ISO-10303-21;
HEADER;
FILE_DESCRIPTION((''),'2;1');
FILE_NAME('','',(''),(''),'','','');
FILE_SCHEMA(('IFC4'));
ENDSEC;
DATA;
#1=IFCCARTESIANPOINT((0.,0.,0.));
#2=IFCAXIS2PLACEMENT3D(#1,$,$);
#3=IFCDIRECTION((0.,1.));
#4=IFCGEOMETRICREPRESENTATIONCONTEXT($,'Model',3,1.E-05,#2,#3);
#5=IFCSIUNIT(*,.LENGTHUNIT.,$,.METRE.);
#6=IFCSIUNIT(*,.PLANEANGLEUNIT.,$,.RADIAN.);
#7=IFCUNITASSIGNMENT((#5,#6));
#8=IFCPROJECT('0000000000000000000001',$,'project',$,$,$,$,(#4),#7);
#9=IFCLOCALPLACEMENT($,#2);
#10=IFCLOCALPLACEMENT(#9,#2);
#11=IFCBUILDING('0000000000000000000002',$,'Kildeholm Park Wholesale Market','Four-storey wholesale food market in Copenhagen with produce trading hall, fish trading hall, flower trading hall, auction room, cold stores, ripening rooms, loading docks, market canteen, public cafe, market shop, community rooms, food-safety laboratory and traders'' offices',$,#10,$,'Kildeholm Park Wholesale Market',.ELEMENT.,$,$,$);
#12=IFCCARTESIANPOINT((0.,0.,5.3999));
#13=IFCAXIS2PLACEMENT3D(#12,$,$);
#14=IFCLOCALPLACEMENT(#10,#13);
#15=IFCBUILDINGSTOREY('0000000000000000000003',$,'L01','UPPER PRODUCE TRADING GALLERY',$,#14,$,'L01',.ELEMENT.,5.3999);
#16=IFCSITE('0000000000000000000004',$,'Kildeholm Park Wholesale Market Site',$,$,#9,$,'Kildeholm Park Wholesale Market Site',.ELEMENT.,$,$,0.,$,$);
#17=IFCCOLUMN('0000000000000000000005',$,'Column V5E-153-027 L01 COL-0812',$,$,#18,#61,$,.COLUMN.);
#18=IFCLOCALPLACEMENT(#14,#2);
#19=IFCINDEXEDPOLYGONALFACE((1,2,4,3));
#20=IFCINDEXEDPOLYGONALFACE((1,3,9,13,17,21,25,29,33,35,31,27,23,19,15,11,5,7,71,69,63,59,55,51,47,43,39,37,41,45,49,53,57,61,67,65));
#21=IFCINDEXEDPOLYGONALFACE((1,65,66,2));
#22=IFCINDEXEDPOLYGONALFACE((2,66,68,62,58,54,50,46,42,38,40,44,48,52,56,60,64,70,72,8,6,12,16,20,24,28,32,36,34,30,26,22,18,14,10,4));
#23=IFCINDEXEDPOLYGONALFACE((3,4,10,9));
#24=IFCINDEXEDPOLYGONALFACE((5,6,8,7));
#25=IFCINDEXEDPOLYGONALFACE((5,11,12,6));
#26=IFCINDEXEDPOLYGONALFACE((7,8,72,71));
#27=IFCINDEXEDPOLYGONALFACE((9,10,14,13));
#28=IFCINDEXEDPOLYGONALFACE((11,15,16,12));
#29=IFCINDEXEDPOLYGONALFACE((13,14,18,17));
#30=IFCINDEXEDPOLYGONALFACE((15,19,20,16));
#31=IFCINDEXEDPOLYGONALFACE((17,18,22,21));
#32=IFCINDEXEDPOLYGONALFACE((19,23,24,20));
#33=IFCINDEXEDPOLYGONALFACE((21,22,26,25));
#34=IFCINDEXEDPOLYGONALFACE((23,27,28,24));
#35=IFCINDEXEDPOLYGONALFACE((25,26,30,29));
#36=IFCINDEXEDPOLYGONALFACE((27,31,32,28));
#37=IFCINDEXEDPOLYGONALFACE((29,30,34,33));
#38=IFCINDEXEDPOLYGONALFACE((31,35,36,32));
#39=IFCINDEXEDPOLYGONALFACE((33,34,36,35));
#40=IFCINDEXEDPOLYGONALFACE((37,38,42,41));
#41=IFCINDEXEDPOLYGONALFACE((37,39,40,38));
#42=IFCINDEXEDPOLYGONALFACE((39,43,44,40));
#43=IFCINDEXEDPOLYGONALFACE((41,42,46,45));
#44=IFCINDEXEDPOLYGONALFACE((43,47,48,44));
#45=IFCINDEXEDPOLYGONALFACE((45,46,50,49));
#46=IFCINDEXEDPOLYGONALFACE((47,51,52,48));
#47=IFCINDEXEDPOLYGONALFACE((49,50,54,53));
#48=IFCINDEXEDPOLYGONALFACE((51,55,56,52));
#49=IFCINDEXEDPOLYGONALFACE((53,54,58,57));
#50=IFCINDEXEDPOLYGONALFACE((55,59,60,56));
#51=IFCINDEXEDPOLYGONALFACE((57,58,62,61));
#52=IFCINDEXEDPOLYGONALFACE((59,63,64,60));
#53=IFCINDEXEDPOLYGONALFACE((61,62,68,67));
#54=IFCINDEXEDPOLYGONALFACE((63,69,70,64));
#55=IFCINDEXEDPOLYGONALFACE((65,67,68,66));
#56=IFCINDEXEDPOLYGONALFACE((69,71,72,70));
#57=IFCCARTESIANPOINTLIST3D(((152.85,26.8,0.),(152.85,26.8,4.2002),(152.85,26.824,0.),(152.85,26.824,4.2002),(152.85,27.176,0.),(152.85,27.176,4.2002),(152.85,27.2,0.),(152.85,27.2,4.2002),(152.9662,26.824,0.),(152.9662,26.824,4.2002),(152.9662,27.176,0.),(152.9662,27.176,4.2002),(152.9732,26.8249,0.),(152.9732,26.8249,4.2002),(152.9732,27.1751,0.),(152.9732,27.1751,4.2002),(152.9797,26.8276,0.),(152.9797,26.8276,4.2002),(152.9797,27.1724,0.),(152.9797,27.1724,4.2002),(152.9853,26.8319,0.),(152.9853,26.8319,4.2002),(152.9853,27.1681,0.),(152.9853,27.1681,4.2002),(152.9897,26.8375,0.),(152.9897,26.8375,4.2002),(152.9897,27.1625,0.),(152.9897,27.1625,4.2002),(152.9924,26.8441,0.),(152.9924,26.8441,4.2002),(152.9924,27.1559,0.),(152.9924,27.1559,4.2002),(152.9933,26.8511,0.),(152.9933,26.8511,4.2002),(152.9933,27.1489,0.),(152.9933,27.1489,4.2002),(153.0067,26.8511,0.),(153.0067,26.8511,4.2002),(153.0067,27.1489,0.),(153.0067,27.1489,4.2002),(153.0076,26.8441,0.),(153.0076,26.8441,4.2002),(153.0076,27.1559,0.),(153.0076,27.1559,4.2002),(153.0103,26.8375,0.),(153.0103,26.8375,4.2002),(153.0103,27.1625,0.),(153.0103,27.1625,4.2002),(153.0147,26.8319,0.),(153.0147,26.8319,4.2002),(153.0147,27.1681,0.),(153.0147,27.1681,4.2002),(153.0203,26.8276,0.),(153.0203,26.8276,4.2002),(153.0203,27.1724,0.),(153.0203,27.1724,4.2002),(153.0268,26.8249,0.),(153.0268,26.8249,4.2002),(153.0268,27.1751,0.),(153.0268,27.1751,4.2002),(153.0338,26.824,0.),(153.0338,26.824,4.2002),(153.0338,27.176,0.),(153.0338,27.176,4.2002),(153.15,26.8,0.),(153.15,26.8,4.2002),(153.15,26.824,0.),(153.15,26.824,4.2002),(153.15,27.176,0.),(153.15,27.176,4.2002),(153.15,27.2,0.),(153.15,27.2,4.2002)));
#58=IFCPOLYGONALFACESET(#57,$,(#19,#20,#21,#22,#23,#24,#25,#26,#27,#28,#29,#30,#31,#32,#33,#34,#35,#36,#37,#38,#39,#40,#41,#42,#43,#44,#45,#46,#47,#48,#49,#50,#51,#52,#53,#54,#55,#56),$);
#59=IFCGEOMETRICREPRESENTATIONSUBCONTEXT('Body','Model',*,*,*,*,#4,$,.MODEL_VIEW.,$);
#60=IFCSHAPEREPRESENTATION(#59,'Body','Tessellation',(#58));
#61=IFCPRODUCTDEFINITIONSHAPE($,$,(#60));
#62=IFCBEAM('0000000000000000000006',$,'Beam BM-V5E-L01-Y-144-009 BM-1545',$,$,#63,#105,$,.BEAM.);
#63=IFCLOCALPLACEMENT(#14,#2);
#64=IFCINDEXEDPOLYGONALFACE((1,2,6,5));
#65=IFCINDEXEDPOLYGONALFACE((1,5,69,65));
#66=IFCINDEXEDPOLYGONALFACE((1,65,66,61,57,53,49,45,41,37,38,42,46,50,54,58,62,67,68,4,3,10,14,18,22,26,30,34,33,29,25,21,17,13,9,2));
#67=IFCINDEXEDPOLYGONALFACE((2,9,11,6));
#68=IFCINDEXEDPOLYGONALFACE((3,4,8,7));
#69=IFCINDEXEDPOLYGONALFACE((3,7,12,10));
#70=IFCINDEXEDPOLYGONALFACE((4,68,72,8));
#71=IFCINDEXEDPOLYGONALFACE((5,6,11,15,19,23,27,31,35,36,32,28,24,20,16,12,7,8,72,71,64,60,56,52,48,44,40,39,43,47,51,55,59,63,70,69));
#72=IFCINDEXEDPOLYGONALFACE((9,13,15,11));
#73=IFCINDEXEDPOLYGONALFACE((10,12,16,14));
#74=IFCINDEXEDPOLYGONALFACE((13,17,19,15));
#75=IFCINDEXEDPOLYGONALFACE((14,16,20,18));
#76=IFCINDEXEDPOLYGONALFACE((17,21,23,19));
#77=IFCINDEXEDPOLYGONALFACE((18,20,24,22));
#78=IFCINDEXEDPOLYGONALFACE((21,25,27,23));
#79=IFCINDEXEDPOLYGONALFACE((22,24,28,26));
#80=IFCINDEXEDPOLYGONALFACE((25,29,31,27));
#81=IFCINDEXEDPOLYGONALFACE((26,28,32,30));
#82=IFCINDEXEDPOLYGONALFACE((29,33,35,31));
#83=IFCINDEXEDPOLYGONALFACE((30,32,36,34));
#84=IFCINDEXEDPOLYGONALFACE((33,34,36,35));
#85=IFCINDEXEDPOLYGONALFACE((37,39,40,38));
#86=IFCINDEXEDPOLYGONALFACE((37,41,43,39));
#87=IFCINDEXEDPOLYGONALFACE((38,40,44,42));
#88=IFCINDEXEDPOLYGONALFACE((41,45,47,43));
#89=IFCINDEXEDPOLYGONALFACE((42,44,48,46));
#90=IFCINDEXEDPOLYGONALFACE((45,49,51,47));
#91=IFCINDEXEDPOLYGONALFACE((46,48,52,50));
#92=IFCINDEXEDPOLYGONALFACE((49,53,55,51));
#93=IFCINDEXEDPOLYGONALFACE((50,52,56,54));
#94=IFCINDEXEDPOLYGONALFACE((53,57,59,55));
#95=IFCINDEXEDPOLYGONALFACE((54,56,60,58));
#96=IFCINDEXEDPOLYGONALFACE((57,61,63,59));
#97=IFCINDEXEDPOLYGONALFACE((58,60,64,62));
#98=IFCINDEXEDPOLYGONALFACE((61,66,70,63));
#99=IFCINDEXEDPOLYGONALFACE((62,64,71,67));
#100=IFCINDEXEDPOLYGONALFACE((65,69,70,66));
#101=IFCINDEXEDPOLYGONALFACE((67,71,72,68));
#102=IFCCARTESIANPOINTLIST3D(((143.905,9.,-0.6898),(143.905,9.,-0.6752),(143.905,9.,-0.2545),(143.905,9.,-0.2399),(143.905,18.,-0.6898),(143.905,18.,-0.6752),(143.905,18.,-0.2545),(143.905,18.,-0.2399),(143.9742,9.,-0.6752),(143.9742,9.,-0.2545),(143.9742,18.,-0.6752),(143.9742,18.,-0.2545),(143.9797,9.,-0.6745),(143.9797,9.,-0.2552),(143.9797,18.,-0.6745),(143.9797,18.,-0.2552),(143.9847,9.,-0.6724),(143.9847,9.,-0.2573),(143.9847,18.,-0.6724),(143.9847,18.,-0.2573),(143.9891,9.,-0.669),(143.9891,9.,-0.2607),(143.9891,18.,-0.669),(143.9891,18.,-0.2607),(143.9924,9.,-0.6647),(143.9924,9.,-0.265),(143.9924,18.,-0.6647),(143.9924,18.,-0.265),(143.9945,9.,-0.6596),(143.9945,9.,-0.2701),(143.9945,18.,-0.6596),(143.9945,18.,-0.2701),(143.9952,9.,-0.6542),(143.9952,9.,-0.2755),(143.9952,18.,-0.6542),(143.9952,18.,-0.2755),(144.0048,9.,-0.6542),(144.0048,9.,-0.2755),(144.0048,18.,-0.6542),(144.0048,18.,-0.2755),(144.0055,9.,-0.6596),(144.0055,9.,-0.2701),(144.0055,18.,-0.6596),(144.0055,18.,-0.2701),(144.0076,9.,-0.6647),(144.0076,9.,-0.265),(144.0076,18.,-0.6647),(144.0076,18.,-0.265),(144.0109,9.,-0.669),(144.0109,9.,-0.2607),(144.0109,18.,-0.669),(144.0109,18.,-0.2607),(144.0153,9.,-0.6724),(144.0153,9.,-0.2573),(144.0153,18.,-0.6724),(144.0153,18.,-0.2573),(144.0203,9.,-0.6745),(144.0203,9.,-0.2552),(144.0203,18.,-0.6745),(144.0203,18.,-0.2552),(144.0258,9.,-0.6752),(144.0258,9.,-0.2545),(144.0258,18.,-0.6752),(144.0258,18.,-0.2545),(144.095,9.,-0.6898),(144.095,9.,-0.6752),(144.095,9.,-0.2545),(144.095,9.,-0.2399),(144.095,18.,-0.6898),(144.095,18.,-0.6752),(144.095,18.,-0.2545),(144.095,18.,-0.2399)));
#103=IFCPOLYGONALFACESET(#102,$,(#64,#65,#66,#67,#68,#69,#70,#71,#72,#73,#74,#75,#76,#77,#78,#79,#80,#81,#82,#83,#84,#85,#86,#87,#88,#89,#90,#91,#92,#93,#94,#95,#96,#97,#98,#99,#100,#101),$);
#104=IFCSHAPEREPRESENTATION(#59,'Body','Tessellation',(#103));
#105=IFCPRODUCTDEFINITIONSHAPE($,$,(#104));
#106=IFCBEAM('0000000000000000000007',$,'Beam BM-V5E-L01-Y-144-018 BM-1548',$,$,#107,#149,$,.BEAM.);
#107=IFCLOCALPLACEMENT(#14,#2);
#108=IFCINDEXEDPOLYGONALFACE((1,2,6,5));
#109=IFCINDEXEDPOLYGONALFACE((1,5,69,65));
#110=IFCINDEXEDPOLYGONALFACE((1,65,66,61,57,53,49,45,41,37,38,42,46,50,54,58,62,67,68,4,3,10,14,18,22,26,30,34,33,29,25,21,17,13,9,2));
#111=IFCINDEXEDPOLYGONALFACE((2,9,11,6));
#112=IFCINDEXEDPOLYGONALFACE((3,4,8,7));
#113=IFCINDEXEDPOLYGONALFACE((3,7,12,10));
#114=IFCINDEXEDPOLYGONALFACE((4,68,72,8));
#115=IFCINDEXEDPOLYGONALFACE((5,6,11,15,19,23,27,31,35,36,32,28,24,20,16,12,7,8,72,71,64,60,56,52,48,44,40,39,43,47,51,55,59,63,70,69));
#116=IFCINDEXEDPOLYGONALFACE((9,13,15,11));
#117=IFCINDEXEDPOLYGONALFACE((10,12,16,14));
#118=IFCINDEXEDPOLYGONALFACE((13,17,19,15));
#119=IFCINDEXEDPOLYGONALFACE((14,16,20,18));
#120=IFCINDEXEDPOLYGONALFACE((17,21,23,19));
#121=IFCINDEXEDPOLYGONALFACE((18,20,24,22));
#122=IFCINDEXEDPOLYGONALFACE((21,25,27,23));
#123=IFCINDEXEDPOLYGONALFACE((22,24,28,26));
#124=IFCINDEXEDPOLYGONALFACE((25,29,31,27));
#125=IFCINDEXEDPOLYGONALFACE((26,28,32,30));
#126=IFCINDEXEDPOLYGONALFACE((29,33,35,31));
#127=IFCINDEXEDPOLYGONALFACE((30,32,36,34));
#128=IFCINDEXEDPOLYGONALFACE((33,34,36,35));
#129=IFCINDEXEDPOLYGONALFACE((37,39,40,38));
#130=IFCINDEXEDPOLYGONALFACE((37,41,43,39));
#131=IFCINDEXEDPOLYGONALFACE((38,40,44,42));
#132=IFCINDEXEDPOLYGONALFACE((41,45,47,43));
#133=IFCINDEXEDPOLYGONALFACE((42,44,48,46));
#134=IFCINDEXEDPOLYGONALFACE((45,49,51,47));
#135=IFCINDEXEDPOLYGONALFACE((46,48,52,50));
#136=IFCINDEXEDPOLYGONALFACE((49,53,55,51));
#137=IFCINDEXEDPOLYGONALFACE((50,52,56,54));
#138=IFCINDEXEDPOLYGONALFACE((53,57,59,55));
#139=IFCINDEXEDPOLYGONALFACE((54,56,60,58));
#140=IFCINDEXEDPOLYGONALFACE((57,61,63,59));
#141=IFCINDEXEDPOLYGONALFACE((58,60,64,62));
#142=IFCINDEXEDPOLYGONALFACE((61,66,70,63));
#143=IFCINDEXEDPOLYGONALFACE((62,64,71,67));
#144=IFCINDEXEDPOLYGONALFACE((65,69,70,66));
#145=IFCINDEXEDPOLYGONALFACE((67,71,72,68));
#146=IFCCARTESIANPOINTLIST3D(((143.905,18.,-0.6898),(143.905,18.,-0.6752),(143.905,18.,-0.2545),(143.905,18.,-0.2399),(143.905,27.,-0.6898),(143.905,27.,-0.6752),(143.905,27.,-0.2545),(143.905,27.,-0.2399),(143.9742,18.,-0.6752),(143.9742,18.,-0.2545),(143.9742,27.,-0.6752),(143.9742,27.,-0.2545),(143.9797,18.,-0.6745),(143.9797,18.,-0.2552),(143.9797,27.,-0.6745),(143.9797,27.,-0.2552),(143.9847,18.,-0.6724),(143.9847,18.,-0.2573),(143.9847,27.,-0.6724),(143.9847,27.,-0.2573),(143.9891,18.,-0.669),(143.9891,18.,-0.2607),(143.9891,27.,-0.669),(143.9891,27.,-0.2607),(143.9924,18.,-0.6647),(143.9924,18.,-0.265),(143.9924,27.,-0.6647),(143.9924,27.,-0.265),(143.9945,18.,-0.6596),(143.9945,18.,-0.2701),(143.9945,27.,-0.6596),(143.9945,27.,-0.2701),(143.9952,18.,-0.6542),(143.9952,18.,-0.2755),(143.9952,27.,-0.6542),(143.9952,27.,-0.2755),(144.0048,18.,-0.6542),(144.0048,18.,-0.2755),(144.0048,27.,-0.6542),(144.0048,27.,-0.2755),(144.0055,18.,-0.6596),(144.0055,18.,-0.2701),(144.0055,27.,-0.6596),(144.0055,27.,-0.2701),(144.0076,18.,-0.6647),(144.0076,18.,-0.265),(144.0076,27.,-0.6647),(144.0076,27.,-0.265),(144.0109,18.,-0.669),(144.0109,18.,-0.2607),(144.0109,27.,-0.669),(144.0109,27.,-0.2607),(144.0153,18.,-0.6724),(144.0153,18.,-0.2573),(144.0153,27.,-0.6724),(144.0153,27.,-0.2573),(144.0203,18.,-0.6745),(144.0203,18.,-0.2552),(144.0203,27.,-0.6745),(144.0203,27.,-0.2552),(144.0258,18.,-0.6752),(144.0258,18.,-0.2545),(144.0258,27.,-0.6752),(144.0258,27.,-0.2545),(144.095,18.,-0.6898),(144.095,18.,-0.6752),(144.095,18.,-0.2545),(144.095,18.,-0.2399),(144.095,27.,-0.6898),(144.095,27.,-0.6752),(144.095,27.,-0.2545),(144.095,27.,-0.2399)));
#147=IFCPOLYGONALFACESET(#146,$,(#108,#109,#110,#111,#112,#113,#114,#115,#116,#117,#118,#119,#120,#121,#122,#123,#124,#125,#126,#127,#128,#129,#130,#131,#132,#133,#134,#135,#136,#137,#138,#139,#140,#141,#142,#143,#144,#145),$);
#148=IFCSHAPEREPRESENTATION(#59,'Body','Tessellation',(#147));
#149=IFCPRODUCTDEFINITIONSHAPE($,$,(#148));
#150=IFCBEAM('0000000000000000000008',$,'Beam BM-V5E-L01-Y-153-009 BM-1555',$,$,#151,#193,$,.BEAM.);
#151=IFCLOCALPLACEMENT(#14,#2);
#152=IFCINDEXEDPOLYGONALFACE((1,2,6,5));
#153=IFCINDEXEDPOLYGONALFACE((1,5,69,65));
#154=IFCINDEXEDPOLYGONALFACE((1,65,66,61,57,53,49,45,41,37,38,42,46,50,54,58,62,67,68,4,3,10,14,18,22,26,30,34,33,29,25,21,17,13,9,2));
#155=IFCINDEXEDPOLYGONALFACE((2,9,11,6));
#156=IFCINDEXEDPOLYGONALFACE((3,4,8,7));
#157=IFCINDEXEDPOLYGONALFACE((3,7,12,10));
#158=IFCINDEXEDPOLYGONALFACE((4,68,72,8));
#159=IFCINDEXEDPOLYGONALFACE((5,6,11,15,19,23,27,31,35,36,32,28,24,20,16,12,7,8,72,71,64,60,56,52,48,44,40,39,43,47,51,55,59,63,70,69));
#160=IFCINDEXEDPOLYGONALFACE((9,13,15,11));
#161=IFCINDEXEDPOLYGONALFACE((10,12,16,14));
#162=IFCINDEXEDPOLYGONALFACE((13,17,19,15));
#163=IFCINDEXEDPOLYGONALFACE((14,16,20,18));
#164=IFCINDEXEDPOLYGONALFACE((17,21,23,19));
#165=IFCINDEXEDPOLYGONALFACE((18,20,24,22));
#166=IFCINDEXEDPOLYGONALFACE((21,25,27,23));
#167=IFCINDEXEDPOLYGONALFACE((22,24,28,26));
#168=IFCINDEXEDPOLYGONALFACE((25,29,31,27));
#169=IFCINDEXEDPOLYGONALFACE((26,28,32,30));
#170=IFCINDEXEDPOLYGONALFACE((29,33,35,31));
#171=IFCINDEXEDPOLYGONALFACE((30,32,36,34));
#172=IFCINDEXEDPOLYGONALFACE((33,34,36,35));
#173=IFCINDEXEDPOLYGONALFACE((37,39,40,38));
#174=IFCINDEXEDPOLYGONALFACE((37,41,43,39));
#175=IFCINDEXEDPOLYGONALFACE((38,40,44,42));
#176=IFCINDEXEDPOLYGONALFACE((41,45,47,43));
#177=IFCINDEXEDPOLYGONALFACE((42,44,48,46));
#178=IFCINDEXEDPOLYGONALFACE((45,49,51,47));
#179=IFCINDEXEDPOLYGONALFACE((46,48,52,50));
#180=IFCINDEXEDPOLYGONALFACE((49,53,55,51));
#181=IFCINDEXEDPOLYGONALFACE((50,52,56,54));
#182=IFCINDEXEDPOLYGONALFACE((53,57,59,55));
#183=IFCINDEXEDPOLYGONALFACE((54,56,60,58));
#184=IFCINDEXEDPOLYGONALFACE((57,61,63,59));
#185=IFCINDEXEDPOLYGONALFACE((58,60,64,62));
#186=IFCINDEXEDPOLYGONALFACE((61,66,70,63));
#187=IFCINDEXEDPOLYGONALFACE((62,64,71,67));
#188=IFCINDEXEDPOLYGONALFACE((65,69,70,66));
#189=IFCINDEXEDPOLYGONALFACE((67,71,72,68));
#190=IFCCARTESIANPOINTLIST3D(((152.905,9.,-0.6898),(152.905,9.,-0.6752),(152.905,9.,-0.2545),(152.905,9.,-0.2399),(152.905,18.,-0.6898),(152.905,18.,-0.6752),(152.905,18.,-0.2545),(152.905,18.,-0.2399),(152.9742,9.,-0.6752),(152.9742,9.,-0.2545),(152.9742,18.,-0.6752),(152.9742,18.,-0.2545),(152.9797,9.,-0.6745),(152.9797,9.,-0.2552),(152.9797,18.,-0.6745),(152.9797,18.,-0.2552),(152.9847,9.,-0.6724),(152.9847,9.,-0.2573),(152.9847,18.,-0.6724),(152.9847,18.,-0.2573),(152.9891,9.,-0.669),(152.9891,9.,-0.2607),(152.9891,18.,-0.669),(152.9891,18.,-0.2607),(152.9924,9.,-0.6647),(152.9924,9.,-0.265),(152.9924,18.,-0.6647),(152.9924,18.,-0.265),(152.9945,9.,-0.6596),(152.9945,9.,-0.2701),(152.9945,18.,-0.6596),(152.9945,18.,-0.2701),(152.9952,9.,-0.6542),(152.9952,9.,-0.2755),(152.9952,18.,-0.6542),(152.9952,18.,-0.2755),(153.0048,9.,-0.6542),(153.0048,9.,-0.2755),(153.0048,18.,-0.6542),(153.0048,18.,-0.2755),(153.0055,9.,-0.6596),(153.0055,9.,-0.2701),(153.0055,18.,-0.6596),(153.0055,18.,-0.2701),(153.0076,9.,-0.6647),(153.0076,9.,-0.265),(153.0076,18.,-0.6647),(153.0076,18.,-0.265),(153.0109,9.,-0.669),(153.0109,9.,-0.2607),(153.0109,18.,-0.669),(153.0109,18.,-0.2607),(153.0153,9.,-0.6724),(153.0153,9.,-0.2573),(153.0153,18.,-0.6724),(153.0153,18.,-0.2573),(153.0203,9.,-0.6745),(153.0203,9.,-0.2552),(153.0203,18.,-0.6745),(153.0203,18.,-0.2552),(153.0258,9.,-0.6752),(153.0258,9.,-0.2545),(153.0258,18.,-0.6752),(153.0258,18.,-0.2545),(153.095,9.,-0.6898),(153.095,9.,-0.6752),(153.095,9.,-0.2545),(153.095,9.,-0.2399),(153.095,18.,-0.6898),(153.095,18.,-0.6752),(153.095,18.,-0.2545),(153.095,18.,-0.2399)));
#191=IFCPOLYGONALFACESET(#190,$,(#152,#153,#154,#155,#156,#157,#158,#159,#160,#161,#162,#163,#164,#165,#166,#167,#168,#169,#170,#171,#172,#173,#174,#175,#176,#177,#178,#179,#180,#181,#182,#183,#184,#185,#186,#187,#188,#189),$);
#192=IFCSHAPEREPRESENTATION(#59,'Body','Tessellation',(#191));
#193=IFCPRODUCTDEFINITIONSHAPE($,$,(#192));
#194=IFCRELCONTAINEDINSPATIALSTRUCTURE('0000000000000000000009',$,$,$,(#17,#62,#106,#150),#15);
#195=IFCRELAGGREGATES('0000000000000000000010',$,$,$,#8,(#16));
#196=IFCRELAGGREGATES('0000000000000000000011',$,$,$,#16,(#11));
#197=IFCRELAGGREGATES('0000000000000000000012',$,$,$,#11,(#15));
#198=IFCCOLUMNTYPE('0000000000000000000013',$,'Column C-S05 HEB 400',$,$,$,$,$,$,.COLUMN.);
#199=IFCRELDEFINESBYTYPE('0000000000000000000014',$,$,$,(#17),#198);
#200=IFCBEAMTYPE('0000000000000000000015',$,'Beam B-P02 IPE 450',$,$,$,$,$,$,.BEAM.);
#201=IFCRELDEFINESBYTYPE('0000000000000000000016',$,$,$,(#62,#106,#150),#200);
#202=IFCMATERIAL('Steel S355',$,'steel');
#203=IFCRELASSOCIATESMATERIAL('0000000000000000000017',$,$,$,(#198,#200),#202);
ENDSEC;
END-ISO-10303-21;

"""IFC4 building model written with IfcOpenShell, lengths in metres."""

from ifc_helpers import new_model, si_unit, direction, frame, origin, origin_2d, place, context, subcontext, project, spatial, i_section, extrude, material, material_profile, profile_set, type_object, element, save


model = new_model("IFC4")

# Units and contexts
model_context = context("Model", 3, precision=1e-05, world=origin(), true_north=direction((0.0, 1.0)))
body_context = subcontext(model_context, "Body", "Model", "MODEL_VIEW")
ifc_project = project(units=[si_unit("LENGTHUNIT", "METRE"), si_unit("PLANEANGLEUNIT", "RADIAN")], contexts=[model_context])

# Site, building, storey
site_placement = place(None, origin())
site = spatial("IfcSite", under=ifc_project, at=site_placement, Name="Kildeholm Park Wholesale Market Site", LongName="Kildeholm Park Wholesale Market Site", CompositionType="ELEMENT", RefElevation=0.0)
building_placement = place(site_placement, origin())
building = spatial("IfcBuilding", under=site, at=building_placement, Name="Kildeholm Park Wholesale Market", Description="Four-storey wholesale food market in Copenhagen with produce trading hall, fish trading hall, flower trading hall, auction room, cold stores, ripening rooms, loading docks, market canteen, public cafe, market shop, community rooms, food-safety laboratory and traders' offices", LongName="Kildeholm Park Wholesale Market", CompositionType="ELEMENT")
storey_placement = place(building_placement, frame((0.0, 0.0, 5.3999)))
storey = spatial("IfcBuildingStorey", under=building, at=storey_placement, Name="L01", Description="UPPER PRODUCE TRADING GALLERY", LongName="L01", CompositionType="ELEMENT", Elevation=5.3999)

# Column
ifc_material_1 = material(Name="Steel S355", Category="steel")
ifc_material_profile_1 = material_profile(ifc_material_1, i_section(OverallWidth=0.3, OverallDepth=0.3999, WebThickness=0.0134, FlangeThickness=0.0239, FilletRadius=0.0271, at=origin_2d()), Name="HEB 400")
ifc_profile_set_1 = profile_set([ifc_material_profile_1], Name="Steel S355")
column_type = type_object("IfcColumnType", Name="Column C-S05 HEB 400", PredefinedType="COLUMN", material=ifc_profile_set_1)
for number, where, z_axis, x_axis, name in (
    (1, (153.0, 27.0, 0.0), (0.0, 0.0, 1.0), (1.0, 0.0, 0.0), "Column V5E-153-027 L01 COL-0812"),
):
    element("IfcColumn", number, at=place(storey_placement, frame(where, z_axis=z_axis, x_axis=x_axis)), inside=storey, type_object=column_type, Name=name, PredefinedType="COLUMN", context=body_context, shape_type="SweptSolid", body=[
        extrude(i_section(OverallWidth=0.3, OverallDepth=0.3999, WebThickness=0.0134, FlangeThickness=0.0239, FilletRadius=0.0271, at=origin_2d()), origin(), (0.0, 0.0, 1.0), 4.2002),
    ])

# Beams
ifc_material_profile_2 = material_profile(ifc_material_1, i_section(OverallWidth=0.1899, OverallDepth=0.45, WebThickness=0.0095, FlangeThickness=0.0146, FilletRadius=0.021, at=origin_2d()), Name="IPE 450")
ifc_profile_set_2 = profile_set([ifc_material_profile_2], Name="Steel S355")
beam_type_1 = type_object("IfcBeamType", Name="Beam B-P02 IPE 450", PredefinedType="BEAM", material=ifc_profile_set_2)
for number, where, z_axis, x_axis, name in (
    (2, (144.0, 9.0, -0.4648), (0.0, 1.0, 0.0), (-1.0, 0.0, 0.0), "Beam BM-V5E-L01-Y-144-009 BM-1545"),
    (3, (144.0, 18.0, -0.4648), (0.0, 1.0, 0.0), (-1.0, 0.0, 0.0), "Beam BM-V5E-L01-Y-144-018 BM-1548"),
    (4, (153.0, 9.0, -0.4648), (0.0, 1.0, 0.0), (-1.0, 0.0, 0.0), "Beam BM-V5E-L01-Y-153-009 BM-1555"),
):
    element("IfcBeam", number, at=place(storey_placement, frame(where, z_axis=z_axis, x_axis=x_axis)), inside=storey, type_object=beam_type_1, Name=name, PredefinedType="BEAM", context=body_context, shape_type="SweptSolid", body=[
        extrude(i_section(OverallWidth=0.1899, OverallDepth=0.45, WebThickness=0.0095, FlangeThickness=0.0146, FilletRadius=0.021, at=origin_2d()), origin(), (0.0, 0.0, 1.0), 9.0),
    ])

save(model, "model.ifc")
